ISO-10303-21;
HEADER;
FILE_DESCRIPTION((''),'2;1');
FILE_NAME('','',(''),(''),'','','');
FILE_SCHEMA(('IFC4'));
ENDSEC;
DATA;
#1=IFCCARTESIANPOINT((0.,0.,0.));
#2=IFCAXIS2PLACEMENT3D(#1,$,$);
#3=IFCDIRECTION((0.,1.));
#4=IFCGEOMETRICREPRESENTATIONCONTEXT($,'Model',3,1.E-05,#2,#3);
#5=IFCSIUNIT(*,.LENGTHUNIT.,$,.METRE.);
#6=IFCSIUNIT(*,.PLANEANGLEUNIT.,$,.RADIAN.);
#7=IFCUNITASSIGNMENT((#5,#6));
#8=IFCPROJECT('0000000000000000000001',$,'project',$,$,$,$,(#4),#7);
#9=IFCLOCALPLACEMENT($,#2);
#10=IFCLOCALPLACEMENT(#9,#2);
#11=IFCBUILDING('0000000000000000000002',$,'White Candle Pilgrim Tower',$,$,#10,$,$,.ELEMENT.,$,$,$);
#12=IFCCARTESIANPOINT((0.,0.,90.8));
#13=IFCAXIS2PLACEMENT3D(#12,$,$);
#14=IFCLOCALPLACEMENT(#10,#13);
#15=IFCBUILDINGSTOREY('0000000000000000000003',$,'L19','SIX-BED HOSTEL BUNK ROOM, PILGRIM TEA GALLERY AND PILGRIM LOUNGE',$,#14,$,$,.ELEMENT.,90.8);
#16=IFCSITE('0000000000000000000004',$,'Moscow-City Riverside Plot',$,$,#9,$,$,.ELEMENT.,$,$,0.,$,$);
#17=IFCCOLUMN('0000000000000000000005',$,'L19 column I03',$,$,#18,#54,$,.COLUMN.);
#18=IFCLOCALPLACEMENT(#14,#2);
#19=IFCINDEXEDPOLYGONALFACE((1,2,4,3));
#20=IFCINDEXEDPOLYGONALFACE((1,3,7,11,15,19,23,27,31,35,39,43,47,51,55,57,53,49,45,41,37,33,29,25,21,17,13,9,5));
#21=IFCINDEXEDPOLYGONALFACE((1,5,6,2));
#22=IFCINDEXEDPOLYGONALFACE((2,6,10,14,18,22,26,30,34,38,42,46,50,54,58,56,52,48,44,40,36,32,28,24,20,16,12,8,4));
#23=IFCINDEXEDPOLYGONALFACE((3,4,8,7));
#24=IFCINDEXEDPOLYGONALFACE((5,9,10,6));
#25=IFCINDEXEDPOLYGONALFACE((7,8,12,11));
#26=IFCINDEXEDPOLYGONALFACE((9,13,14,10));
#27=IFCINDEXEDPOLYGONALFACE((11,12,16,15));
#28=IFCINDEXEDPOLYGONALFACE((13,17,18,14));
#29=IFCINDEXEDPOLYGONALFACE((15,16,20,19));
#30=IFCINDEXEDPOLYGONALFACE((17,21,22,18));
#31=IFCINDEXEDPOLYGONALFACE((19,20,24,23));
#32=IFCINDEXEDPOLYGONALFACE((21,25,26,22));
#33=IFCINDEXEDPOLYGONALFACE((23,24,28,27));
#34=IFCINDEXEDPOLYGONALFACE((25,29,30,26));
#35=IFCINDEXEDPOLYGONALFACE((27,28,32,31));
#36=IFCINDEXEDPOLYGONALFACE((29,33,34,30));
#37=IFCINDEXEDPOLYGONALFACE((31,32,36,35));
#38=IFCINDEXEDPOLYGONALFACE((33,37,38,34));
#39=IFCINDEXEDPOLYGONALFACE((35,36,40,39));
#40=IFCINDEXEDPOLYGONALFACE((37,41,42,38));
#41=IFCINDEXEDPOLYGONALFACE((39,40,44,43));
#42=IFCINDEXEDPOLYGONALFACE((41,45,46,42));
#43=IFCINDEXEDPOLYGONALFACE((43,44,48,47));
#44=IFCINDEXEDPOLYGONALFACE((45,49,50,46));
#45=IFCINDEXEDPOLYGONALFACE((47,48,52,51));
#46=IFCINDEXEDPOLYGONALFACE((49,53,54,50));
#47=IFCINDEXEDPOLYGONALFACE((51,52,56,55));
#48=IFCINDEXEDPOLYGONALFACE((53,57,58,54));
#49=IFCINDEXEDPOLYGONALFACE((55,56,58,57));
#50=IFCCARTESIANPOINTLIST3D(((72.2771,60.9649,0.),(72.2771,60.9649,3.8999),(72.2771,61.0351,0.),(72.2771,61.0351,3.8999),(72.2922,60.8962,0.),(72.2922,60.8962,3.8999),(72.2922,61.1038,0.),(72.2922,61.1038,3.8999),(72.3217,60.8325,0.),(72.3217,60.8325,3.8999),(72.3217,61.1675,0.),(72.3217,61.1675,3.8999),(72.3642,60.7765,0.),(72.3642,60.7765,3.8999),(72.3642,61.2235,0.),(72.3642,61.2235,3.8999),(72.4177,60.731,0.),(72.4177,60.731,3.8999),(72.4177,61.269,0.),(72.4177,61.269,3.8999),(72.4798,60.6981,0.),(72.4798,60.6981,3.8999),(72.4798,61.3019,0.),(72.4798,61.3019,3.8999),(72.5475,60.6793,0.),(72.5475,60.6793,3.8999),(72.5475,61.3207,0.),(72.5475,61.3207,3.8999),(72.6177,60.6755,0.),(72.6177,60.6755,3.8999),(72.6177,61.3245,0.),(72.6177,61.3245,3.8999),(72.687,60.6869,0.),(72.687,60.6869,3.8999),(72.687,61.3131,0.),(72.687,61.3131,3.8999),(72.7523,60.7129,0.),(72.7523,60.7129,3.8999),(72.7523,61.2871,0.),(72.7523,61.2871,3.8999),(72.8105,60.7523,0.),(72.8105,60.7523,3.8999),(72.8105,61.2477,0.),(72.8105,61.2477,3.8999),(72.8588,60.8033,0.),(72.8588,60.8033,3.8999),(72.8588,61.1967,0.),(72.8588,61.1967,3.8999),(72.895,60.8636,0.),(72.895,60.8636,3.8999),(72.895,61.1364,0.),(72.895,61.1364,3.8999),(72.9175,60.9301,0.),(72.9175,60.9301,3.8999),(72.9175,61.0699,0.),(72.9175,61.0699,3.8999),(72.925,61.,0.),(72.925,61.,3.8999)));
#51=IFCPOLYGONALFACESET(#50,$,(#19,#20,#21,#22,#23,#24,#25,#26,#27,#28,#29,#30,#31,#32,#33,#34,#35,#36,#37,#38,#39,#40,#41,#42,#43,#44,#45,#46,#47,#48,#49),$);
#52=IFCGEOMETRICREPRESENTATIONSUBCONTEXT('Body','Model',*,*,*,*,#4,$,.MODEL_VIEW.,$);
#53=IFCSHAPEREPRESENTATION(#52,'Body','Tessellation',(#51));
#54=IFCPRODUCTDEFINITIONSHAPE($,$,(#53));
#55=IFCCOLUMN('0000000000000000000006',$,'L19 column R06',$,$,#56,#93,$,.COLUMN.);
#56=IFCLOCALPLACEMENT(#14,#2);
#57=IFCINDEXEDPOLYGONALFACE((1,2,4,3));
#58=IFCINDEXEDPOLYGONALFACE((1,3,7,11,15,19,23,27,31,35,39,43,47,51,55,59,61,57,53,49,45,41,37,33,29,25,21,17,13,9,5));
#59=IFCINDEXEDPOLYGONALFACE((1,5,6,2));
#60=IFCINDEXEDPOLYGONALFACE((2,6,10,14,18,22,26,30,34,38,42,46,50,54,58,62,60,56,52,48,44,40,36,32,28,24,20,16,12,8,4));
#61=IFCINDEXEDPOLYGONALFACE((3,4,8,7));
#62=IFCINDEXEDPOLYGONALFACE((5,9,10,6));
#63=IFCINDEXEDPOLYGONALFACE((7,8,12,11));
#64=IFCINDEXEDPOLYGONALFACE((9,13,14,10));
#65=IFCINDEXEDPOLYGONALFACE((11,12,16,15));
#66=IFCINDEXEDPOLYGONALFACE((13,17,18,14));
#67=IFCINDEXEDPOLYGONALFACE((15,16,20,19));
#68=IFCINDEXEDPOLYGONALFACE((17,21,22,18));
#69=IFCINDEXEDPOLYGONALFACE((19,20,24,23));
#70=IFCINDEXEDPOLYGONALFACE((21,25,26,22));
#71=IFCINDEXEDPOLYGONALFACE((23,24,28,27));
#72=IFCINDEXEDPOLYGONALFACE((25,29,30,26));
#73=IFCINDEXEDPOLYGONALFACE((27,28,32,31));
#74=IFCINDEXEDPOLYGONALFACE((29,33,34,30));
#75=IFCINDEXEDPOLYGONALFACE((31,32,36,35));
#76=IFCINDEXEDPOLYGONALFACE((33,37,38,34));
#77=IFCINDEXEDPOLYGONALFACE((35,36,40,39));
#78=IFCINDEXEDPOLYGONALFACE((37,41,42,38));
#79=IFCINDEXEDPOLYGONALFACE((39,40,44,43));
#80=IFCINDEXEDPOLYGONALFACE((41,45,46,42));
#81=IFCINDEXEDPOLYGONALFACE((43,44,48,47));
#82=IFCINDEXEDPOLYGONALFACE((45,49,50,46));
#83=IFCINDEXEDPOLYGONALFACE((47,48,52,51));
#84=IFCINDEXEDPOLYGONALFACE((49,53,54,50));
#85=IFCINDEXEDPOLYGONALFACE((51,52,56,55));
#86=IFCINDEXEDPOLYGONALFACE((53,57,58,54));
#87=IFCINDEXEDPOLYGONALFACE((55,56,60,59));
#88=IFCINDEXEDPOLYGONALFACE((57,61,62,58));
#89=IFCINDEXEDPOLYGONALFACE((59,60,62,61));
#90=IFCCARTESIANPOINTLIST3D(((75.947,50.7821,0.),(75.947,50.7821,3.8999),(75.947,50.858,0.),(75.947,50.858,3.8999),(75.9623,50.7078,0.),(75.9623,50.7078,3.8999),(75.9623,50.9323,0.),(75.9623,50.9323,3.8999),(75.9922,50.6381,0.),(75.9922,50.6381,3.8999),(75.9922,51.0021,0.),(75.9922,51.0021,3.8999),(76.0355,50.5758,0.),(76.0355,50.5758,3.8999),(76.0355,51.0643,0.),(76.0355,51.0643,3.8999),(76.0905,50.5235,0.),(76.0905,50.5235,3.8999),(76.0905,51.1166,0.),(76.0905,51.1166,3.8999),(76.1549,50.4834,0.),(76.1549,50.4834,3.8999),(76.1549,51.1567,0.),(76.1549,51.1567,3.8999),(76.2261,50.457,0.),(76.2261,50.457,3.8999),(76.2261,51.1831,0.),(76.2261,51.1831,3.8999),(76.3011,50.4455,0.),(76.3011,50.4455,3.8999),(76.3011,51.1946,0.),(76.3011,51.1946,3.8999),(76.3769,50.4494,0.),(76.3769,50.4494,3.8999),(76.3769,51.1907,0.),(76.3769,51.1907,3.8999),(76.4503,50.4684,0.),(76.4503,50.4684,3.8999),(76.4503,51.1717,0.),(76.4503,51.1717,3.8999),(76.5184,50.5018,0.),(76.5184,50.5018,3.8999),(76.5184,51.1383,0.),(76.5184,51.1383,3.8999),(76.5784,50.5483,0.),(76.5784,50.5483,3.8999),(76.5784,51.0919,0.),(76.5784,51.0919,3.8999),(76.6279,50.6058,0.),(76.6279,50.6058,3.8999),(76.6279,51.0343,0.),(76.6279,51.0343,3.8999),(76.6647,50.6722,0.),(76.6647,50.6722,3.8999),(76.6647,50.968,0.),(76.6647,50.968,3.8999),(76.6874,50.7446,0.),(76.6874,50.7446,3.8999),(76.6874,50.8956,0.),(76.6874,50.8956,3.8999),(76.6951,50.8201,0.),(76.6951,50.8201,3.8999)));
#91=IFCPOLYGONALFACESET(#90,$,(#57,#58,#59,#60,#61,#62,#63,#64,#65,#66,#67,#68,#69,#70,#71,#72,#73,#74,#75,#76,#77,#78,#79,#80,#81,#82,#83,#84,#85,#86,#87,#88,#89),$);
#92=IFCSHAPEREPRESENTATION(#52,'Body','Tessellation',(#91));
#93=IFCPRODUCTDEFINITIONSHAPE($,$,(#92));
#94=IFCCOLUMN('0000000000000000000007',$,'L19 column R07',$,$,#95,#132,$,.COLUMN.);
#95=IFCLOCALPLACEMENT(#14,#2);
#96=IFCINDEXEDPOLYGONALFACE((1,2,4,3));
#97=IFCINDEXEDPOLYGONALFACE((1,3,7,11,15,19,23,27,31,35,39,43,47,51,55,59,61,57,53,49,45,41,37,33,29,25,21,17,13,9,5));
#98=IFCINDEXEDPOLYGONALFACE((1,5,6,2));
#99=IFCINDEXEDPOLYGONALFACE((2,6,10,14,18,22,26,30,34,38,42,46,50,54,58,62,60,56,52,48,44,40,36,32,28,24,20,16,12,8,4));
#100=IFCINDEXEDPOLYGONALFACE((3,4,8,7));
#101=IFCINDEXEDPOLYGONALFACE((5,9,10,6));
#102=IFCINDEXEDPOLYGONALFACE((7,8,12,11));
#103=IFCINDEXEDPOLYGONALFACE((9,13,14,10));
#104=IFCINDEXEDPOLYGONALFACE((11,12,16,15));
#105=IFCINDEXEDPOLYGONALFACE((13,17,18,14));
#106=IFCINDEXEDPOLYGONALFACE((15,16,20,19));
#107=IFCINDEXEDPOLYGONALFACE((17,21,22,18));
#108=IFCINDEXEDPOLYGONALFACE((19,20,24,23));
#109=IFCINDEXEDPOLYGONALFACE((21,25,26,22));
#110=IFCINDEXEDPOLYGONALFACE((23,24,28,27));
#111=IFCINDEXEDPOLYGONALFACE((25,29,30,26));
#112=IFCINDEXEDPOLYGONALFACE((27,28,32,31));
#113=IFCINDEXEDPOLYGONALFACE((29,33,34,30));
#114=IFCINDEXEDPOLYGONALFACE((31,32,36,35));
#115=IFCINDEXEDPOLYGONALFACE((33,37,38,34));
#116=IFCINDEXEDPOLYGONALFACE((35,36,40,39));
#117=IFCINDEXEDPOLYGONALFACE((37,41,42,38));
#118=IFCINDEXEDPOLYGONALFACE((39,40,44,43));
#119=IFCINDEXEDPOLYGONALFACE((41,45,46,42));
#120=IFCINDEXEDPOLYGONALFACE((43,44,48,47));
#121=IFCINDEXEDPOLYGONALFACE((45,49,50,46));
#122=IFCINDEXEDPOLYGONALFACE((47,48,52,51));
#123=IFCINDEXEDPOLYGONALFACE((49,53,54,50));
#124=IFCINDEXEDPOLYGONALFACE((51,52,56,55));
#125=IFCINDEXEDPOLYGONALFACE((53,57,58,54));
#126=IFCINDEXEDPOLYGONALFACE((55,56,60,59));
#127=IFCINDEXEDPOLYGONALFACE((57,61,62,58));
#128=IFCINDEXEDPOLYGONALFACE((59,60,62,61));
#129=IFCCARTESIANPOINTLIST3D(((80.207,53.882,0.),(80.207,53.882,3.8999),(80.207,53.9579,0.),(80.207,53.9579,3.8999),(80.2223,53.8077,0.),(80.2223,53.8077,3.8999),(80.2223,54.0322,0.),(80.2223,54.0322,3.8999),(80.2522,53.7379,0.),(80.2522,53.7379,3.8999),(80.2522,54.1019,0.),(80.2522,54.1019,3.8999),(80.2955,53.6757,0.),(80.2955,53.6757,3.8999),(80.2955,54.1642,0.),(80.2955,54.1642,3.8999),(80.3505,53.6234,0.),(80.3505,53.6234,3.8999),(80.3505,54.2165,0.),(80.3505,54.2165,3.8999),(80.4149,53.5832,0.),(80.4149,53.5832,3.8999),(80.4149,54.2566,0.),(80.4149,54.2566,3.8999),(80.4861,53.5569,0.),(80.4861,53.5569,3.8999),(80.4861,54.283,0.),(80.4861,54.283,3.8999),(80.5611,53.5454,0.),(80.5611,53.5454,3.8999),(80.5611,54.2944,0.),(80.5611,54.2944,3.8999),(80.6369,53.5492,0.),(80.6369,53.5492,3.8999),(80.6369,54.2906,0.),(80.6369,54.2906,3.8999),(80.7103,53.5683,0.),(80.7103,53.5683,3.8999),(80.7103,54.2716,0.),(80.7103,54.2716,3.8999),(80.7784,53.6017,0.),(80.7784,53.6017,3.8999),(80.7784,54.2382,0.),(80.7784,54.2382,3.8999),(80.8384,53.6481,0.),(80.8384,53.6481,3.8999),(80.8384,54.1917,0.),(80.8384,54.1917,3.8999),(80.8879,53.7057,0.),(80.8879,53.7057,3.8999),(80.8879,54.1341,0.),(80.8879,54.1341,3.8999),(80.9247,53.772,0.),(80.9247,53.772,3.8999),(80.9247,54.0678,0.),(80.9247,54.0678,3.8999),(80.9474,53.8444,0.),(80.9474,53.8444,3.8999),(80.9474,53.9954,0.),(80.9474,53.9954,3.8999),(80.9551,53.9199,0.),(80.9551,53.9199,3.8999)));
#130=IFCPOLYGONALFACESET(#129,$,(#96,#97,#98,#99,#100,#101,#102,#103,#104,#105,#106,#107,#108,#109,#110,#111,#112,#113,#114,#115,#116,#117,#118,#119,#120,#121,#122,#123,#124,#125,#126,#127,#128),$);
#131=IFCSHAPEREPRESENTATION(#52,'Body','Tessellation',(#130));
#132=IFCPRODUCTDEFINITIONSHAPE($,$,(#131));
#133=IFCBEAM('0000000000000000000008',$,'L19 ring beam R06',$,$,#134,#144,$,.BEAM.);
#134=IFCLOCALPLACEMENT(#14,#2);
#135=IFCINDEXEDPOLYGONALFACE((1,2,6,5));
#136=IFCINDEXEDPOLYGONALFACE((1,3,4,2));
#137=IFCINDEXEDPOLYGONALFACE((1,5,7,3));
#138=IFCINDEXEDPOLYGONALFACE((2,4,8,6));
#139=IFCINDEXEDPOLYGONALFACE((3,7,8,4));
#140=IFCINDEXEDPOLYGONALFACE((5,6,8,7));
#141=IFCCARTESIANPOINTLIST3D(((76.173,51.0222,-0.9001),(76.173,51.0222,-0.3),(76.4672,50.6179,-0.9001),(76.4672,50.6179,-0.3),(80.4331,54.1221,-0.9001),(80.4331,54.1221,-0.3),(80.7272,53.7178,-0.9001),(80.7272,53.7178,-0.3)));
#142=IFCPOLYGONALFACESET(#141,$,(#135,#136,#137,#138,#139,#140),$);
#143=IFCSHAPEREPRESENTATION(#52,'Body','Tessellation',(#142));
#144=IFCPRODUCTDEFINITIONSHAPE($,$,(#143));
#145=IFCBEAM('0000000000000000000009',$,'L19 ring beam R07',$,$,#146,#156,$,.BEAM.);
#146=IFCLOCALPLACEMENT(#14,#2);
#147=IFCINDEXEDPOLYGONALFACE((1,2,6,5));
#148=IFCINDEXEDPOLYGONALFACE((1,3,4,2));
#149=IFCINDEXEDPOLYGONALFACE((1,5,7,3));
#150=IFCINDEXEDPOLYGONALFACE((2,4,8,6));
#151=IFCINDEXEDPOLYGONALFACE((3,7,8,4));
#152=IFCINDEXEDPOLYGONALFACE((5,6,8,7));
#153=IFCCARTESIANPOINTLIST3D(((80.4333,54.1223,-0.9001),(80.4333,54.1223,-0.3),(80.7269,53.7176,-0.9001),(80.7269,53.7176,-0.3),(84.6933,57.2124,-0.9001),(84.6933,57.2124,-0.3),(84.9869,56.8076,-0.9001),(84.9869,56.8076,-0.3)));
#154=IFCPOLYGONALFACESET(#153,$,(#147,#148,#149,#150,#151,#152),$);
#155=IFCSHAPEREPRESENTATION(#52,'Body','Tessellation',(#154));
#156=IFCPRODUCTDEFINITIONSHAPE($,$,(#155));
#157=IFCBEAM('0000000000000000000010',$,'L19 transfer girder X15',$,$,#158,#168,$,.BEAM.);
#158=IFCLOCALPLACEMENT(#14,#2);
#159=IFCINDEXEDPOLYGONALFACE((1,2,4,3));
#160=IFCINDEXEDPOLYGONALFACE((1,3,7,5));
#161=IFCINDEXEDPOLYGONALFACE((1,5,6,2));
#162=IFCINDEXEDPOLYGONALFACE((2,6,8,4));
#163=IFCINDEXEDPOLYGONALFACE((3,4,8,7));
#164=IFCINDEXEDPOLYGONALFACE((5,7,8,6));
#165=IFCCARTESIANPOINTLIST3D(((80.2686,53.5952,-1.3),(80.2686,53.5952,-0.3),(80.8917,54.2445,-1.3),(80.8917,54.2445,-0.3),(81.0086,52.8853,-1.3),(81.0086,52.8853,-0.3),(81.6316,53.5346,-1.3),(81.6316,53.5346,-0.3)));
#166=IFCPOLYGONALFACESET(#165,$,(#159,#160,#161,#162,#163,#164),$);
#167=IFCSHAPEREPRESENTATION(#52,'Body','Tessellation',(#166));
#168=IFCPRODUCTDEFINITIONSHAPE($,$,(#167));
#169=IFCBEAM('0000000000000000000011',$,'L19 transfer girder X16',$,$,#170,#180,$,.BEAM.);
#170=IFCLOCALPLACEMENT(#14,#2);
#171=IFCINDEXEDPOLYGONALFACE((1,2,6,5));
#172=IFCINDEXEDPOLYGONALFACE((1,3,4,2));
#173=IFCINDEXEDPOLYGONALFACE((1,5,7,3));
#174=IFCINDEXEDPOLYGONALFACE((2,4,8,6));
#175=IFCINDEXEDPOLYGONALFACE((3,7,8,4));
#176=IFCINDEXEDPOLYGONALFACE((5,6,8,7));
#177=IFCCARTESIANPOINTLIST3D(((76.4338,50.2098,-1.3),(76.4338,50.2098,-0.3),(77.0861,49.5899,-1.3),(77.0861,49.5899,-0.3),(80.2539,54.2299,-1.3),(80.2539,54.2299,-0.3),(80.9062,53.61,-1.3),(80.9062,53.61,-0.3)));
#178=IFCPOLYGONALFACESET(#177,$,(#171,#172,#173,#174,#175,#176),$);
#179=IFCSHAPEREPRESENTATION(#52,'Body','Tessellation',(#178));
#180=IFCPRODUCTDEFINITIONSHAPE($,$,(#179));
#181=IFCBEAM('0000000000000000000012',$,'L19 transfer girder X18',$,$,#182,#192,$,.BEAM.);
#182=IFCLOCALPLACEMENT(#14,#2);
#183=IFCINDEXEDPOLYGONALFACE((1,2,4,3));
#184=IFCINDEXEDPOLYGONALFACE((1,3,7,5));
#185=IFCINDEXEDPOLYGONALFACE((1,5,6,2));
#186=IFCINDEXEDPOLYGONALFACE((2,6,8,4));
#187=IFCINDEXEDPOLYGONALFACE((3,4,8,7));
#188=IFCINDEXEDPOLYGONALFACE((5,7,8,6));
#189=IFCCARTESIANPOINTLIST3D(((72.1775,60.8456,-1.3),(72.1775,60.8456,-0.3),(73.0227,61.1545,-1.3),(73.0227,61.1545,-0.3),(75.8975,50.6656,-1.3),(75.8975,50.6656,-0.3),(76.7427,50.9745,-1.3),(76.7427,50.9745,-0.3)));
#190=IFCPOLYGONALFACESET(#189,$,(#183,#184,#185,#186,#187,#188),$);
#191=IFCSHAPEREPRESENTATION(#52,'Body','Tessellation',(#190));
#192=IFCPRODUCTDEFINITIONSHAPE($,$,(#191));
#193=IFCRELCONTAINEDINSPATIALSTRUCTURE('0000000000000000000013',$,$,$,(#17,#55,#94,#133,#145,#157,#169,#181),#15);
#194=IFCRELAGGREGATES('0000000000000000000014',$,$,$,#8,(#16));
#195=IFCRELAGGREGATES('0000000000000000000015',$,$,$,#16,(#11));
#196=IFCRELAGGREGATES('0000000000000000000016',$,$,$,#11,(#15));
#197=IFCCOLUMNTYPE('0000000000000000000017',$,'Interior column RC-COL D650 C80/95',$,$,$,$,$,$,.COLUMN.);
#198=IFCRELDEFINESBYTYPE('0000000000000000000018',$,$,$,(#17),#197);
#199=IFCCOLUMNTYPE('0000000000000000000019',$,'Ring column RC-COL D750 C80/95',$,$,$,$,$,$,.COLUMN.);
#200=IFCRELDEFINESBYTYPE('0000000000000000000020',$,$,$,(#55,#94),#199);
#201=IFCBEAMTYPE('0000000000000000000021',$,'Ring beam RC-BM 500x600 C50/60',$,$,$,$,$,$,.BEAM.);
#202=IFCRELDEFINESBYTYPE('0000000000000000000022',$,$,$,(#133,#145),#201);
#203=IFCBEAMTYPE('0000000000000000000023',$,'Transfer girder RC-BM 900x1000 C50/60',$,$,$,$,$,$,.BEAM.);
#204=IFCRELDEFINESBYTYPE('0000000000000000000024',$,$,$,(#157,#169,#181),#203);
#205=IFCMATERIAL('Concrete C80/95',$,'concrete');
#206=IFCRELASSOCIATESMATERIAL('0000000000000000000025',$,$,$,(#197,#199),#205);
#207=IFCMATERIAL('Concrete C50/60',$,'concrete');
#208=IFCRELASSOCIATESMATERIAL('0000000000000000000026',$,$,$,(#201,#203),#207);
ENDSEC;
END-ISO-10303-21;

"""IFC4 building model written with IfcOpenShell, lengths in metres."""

from ifc_helpers import new_model, si_unit, direction, frame, origin, origin_2d, place, context, subcontext, project, spatial, rectangle, circle, extrude, material, material_profile, profile_set, type_object, element, save


model = new_model("IFC4")

# Units and contexts
model_context = context("Model", 3, precision=1e-05, world=origin(), true_north=direction((0.0, 1.0)))
body_context = subcontext(model_context, "Body", "Model", "MODEL_VIEW")
ifc_project = project(units=[si_unit("LENGTHUNIT", "METRE"), si_unit("PLANEANGLEUNIT", "RADIAN")], contexts=[model_context])

# Site, building, storey
site_placement = place(None, origin())
site = spatial("IfcSite", under=ifc_project, at=site_placement, Name="Moscow-City Riverside Plot", CompositionType="ELEMENT", RefElevation=0.0)
building_placement = place(site_placement, origin())
building = spatial("IfcBuilding", under=site, at=building_placement, Name="White Candle Pilgrim Tower", CompositionType="ELEMENT")
storey_placement = place(building_placement, frame((0.0, 0.0, 90.8)))
storey = spatial("IfcBuildingStorey", under=building, at=storey_placement, Name="L19", Description="SIX-BED HOSTEL BUNK ROOM, PILGRIM TEA GALLERY AND PILGRIM LOUNGE", CompositionType="ELEMENT", Elevation=90.8)

# Columns
ifc_material_1 = material(Name="Concrete C80/95", Category="concrete")
ifc_material_profile_1 = material_profile(ifc_material_1, circle(Radius=0.325, at=origin_2d()), Name="RC-COL D650")
ifc_profile_set_1 = profile_set([ifc_material_profile_1], Name="Concrete C80/95")
column_type_1 = type_object("IfcColumnType", Name="Interior column RC-COL D650 C80/95", PredefinedType="COLUMN", material=ifc_profile_set_1)
column_placement = place(storey_placement, frame((72.6001, 61.0, 0.0), z_axis=(0.0, 0.0, 1.0), x_axis=(1.0, 0.0, 0.0)))
element("IfcColumn", 1, at=column_placement, inside=storey, type_object=column_type_1, Name="L19 column I03", PredefinedType="COLUMN", context=body_context, shape_type="SweptSolid", body=[
    extrude(circle(Radius=0.325, at=origin_2d()), origin(), (0.0, 0.0, 1.0), 3.8999),
])
ifc_material_profile_2 = material_profile(ifc_material_1, circle(Radius=0.375, at=origin_2d()), Name="RC-COL D750")
ifc_profile_set_2 = profile_set([ifc_material_profile_2], Name="Concrete C80/95")
column_type_2 = type_object("IfcColumnType", Name="Ring column RC-COL D750 C80/95", PredefinedType="COLUMN", material=ifc_profile_set_2)
for number, where, z_axis, x_axis, name in (
    (2, (76.3201, 50.8201, 0.0), (0.0, 0.0, 1.0), (1.0, 0.0, 0.0), "L19 column R06"),
    (3, (80.5801, 53.9199, 0.0), (0.0, 0.0, 1.0), (1.0, 0.0, 0.0), "L19 column R07"),
):
    element("IfcColumn", number, at=place(storey_placement, frame(where, z_axis=z_axis, x_axis=x_axis)), inside=storey, type_object=column_type_2, Name=name, PredefinedType="COLUMN", context=body_context, shape_type="SweptSolid", body=[
        extrude(circle(Radius=0.375, at=origin_2d()), origin(), (0.0, 0.0, 1.0), 3.8999),
    ])

# Beams
ifc_material_2 = material(Name="Concrete C50/60", Category="concrete")
ifc_material_profile_3 = material_profile(ifc_material_2, rectangle(XDim=0.5, YDim=0.6001, at=origin_2d()), Name="RC-BM 500x600")
ifc_profile_set_3 = profile_set([ifc_material_profile_3], Name="Concrete C50/60")
beam_type_1 = type_object("IfcBeamType", Name="Ring beam RC-BM 500x600 C50/60", PredefinedType="BEAM", material=ifc_profile_set_3)
beam_1_placement = place(storey_placement, frame((76.3201, 50.8201, -0.6001), z_axis=(0.808586, 0.588378, 0.0), x_axis=(-0.588378, 0.808586, 0.0)))
element("IfcBeam", 4, at=beam_1_placement, inside=storey, type_object=beam_type_1, Name="L19 ring beam R06", PredefinedType="BEAM", context=body_context, shape_type="SweptSolid", body=[
    extrude(rectangle(XDim=0.5, YDim=0.6001, at=origin_2d()), origin(), (0.0, 0.0, 1.0), 5.2686),
])
beam_2_placement = place(storey_placement, frame((80.5801, 53.9199, -0.6001), z_axis=(0.809468, 0.587164, 0.0), x_axis=(-0.587164, 0.809468, 0.0)))
element("IfcBeam", 5, at=beam_2_placement, inside=storey, type_object=beam_type_1, Name="L19 ring beam R07", PredefinedType="BEAM", context=body_context, shape_type="SweptSolid", body=[
    extrude(rectangle(XDim=0.5, YDim=0.6001, at=origin_2d()), origin(), (0.0, 0.0, 1.0), 5.2627),
])
ifc_material_profile_4 = material_profile(ifc_material_2, rectangle(XDim=0.8999, YDim=1.0, at=origin_2d()), Name="RC-BM 900x1000")
ifc_profile_set_4 = profile_set([ifc_material_profile_4], Name="Concrete C50/60")
beam_type_2 = type_object("IfcBeamType", Name="Transfer girder RC-BM 900x1000 C50/60", PredefinedType="BEAM", material=ifc_profile_set_4)
beam_3_placement = place(storey_placement, frame((81.3201, 53.21, -0.8), z_axis=(-0.721597, 0.692314, 0.0), x_axis=(-0.692314, -0.721597, 0.0)))
element("IfcBeam", 6, at=beam_3_placement, inside=storey, type_object=beam_type_2, Name="L19 transfer girder X15", PredefinedType="BEAM", context=body_context, shape_type="SweptSolid", body=[
    extrude(rectangle(XDim=0.8999, YDim=1.0, at=origin_2d()), origin(), (0.0, 0.0, 1.0), 1.0254),
])
beam_4_placement = place(storey_placement, frame((80.5801, 53.9199, -0.8), z_axis=(-0.688849, -0.724905, 0.0), x_axis=(0.724905, -0.688849, 0.0)))
element("IfcBeam", 7, at=beam_4_placement, inside=storey, type_object=beam_type_2, Name="L19 transfer girder X16", PredefinedType="BEAM", context=body_context, shape_type="SweptSolid", body=[
    extrude(rectangle(XDim=0.8999, YDim=1.0, at=origin_2d()), origin(), (0.0, 0.0, 1.0), 5.5457),
])
beam_5_placement = place(storey_placement, frame((76.3201, 50.8201, -0.8), z_axis=(-0.343224, 0.939254, 0.0), x_axis=(-0.939254, -0.343224, 0.0)))
element("IfcBeam", 8, at=beam_5_placement, inside=storey, type_object=beam_type_2, Name="L19 transfer girder X18", PredefinedType="BEAM", context=body_context, shape_type="SweptSolid", body=[
    extrude(rectangle(XDim=0.8999, YDim=1.0, at=origin_2d()), origin(), (0.0, 0.0, 1.0), 10.8384),
])

save(model, "model.ifc")
